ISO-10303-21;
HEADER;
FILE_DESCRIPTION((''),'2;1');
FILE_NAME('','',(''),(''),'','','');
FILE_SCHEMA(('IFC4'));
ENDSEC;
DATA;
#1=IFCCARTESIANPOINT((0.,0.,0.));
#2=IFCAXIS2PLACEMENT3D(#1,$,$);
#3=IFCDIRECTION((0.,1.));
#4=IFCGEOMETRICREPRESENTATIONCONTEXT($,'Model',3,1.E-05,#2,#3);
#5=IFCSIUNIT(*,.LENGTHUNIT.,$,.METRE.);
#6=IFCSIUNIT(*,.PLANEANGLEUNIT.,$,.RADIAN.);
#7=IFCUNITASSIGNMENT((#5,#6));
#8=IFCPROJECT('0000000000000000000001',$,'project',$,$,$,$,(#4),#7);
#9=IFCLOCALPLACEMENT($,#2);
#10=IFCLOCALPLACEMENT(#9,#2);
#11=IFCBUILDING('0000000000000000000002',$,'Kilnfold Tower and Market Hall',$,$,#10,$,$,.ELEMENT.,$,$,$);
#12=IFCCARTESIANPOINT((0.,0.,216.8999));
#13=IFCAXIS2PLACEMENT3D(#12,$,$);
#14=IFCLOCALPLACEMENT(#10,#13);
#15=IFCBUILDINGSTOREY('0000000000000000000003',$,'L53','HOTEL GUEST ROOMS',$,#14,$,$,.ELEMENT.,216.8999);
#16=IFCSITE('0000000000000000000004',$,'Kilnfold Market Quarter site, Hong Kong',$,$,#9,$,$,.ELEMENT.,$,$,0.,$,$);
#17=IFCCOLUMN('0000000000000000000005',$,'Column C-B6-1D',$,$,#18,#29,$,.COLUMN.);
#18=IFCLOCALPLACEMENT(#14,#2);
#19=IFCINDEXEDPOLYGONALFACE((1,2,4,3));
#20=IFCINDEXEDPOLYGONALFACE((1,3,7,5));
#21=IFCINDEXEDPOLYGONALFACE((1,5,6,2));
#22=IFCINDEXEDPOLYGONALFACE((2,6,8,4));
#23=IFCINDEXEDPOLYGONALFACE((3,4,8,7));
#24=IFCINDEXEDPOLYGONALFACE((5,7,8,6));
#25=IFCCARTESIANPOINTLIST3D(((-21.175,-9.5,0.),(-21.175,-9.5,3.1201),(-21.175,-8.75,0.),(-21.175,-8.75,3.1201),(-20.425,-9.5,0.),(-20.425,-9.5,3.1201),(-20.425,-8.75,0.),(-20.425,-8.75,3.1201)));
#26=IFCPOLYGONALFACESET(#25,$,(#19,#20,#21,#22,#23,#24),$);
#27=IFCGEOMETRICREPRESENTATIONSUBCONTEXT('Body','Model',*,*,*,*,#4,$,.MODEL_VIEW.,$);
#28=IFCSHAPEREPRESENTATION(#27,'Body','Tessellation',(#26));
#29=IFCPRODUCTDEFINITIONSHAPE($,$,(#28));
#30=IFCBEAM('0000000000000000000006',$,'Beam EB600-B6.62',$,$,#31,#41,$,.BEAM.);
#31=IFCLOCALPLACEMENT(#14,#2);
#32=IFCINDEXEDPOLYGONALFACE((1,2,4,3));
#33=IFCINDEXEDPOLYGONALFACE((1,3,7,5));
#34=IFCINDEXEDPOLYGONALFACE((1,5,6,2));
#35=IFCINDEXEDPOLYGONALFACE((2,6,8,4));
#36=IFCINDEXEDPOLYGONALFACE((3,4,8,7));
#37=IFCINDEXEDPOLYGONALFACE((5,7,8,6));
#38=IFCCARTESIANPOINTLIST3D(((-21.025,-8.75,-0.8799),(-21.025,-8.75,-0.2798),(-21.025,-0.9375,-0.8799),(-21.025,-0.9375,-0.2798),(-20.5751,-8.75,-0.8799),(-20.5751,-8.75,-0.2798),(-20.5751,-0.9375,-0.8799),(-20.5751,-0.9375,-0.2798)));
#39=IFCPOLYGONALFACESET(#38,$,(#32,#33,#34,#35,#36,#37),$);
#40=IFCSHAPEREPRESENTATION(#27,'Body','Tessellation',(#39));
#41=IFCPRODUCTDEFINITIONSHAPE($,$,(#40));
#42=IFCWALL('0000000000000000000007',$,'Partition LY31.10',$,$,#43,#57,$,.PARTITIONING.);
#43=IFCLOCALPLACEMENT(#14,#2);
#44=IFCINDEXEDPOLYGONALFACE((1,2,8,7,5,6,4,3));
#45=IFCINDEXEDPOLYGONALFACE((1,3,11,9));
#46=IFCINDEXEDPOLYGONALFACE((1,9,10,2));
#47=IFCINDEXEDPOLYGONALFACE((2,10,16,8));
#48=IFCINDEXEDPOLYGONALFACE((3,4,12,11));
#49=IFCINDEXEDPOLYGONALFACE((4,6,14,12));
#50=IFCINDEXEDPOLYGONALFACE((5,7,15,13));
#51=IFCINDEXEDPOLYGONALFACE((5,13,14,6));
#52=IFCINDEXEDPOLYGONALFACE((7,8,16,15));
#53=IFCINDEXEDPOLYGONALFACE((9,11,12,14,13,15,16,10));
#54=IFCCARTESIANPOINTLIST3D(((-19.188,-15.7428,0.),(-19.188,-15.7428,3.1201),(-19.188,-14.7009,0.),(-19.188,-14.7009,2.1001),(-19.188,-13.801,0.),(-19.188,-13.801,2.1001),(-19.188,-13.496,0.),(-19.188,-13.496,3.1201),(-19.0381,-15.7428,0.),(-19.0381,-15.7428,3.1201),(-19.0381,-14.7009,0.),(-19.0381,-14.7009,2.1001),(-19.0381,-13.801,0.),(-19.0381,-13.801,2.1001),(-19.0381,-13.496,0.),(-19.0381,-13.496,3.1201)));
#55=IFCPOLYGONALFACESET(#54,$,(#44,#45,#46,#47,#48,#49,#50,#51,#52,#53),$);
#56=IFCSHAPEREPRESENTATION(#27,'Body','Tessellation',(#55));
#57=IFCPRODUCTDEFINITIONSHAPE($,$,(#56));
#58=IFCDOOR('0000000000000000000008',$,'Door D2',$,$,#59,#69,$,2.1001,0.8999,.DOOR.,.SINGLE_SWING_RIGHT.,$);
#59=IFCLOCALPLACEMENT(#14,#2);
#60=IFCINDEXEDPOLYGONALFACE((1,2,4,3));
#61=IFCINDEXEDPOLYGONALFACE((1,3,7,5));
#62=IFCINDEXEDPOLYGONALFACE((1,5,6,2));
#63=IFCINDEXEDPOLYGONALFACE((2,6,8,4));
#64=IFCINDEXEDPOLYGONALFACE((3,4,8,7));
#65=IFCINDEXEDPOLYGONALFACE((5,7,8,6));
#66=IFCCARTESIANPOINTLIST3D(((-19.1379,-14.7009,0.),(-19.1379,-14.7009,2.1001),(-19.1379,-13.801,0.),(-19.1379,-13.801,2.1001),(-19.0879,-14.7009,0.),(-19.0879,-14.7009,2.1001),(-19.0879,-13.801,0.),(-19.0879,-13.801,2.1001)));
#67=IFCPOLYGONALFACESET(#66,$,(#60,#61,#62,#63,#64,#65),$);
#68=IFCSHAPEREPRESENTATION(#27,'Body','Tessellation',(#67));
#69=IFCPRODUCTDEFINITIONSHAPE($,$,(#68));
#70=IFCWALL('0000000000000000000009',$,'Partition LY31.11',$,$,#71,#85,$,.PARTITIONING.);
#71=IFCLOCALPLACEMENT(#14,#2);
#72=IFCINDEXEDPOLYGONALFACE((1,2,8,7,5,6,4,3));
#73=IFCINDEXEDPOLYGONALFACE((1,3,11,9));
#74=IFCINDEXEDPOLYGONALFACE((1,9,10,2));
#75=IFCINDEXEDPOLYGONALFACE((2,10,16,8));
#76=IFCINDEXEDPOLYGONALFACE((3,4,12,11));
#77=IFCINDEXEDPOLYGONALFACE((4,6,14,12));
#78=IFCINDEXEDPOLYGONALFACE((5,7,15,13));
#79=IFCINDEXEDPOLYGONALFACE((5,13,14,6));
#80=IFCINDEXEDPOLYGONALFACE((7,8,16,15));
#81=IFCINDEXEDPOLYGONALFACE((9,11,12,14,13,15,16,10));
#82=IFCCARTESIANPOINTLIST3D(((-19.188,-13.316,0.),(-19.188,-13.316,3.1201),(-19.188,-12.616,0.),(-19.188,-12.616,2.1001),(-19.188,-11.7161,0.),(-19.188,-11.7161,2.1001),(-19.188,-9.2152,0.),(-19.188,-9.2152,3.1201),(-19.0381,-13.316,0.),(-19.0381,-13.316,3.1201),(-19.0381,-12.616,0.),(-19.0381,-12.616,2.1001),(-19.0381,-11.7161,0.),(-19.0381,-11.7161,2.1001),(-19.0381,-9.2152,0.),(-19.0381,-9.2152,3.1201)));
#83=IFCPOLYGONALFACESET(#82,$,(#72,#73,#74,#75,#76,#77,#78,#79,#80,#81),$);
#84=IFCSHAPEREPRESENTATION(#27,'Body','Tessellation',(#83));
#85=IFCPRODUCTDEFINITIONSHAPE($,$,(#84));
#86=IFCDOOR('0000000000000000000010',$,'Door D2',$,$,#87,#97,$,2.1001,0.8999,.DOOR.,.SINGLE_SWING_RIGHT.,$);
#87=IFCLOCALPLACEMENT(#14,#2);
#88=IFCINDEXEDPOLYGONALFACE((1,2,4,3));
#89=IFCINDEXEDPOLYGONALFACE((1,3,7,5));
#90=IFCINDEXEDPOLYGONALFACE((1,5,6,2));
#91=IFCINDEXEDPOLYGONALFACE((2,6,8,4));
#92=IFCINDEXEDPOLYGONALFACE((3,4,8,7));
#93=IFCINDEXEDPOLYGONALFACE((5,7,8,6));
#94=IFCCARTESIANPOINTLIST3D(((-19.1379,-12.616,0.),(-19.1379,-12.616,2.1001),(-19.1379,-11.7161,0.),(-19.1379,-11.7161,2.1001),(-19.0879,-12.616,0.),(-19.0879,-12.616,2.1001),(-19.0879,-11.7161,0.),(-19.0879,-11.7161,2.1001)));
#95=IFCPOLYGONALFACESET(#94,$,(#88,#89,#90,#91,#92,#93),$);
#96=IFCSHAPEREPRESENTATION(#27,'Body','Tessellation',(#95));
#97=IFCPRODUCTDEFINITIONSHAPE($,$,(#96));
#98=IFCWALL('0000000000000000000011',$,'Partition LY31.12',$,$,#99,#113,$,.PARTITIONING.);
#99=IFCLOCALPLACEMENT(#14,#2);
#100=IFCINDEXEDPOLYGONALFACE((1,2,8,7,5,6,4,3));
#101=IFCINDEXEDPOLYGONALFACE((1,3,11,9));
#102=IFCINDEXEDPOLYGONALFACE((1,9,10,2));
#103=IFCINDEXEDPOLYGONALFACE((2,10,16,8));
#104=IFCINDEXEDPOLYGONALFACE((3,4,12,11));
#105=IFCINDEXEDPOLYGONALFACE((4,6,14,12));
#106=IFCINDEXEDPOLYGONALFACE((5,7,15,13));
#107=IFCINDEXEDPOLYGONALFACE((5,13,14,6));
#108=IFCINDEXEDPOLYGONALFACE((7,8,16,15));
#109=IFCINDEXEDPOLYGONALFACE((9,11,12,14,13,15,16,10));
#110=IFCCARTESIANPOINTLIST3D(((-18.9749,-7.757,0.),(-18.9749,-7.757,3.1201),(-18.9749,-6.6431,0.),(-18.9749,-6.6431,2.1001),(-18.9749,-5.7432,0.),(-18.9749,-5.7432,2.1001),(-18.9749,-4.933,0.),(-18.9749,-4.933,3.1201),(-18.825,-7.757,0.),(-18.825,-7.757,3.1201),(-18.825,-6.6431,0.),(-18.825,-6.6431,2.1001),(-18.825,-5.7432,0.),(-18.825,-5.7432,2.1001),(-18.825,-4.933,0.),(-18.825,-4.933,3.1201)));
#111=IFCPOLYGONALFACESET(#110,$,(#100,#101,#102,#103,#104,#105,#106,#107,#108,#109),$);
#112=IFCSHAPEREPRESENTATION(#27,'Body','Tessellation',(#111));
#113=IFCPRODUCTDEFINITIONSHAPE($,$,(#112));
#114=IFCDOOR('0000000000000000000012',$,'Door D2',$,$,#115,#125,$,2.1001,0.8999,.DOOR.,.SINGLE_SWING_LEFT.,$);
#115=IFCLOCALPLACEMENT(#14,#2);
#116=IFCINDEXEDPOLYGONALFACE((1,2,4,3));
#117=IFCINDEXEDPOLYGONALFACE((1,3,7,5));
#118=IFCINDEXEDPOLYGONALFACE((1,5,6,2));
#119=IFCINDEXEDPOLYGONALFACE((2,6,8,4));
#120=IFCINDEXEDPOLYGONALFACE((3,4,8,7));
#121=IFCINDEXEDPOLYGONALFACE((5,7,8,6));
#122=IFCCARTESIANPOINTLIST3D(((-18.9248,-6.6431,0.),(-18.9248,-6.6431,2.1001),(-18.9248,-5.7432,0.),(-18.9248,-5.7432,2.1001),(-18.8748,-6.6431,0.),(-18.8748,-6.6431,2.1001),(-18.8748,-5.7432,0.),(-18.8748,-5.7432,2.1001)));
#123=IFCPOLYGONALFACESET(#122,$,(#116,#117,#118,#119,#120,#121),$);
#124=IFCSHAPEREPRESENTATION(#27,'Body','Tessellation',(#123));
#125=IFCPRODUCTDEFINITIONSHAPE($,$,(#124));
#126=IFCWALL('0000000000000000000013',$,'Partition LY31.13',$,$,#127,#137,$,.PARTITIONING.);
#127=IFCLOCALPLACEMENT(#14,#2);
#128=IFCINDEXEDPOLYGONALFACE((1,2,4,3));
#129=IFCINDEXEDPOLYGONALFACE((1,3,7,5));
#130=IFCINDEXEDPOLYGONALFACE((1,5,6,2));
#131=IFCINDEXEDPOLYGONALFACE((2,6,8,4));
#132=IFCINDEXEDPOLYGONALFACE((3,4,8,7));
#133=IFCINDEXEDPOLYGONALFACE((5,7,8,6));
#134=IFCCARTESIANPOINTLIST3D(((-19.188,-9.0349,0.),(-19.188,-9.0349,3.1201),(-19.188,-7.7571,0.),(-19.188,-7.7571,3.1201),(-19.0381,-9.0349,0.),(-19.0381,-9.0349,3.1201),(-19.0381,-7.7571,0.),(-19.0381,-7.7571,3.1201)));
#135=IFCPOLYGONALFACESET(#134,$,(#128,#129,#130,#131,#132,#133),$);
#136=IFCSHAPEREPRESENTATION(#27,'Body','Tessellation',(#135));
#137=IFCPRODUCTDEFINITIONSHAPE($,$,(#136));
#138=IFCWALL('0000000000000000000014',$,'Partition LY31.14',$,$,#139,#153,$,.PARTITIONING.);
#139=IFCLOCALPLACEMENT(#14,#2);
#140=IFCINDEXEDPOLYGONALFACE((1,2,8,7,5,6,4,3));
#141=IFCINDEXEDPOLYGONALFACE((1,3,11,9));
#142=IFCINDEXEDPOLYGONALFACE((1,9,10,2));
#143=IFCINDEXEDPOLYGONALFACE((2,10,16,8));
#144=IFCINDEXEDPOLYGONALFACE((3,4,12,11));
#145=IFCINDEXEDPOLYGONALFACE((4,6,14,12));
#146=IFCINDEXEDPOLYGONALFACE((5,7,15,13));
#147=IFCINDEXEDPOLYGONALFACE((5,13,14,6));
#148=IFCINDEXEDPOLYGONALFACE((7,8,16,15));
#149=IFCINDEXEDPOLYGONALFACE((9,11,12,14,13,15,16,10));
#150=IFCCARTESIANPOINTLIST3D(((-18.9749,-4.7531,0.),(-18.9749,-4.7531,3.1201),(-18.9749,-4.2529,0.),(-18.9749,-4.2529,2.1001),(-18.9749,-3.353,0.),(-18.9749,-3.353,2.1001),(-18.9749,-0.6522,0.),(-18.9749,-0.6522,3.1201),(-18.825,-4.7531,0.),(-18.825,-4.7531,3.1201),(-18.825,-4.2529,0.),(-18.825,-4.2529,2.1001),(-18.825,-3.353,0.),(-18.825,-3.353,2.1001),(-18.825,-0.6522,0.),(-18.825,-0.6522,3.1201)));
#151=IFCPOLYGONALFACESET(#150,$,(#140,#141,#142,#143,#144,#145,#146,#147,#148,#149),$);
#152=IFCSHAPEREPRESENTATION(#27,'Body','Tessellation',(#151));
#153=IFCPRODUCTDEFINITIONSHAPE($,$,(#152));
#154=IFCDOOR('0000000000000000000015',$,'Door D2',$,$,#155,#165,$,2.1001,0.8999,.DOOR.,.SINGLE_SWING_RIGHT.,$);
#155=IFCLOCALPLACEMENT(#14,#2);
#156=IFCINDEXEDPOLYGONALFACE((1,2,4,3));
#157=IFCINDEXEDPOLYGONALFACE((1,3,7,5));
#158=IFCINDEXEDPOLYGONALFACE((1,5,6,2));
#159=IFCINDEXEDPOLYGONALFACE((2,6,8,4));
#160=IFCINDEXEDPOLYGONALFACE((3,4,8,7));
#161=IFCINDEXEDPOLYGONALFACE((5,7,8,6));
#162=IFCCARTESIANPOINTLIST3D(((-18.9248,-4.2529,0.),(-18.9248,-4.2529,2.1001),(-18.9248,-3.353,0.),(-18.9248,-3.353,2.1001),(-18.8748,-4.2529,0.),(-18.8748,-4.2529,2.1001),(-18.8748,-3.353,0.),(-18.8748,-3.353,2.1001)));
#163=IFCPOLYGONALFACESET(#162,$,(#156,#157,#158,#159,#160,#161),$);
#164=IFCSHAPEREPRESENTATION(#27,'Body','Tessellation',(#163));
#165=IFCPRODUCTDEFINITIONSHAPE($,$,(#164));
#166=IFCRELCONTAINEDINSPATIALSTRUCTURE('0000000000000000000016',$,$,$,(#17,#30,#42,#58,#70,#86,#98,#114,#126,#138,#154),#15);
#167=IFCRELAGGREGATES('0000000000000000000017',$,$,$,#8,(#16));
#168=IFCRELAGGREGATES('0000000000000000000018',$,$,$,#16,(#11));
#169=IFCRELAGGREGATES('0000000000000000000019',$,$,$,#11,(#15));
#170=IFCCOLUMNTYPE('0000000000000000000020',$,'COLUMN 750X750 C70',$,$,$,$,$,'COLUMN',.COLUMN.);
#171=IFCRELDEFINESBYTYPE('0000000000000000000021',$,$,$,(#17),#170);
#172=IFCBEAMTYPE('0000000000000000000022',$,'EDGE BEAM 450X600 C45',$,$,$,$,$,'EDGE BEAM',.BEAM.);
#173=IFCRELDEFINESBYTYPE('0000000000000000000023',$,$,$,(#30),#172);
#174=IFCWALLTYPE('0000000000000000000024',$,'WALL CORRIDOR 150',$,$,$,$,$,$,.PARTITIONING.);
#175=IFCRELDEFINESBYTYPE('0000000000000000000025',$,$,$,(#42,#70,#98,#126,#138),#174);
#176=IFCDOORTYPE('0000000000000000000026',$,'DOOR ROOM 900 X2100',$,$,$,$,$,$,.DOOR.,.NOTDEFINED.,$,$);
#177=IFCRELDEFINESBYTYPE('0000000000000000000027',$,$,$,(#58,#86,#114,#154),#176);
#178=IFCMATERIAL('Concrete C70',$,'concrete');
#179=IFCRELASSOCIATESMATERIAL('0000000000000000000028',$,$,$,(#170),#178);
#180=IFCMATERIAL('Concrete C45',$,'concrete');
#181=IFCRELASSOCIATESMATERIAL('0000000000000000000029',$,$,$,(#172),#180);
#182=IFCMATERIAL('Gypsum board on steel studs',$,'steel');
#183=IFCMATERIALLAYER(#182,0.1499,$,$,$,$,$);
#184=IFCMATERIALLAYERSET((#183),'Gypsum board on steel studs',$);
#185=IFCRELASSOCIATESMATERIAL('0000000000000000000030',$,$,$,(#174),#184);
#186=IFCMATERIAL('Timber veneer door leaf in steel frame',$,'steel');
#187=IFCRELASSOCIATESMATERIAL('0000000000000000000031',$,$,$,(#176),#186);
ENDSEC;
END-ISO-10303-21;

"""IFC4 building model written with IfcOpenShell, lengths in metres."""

from ifc_helpers import new_model, si_unit, direction, frame, frame_2d, origin, origin_2d, place, context, subcontext, project, spatial, rectangle, extrude, source, transform, mapped, material, layer, layer_set, material_profile, profile_set, type_object, element, fill, save


model = new_model("IFC4")

# Units and contexts
model_context = context("Model", 3, precision=1e-05, world=origin(), true_north=direction((0.0, 1.0)))
body_context = subcontext(model_context, "Body", "Model", "MODEL_VIEW")
ifc_project = project(units=[si_unit("LENGTHUNIT", "METRE"), si_unit("PLANEANGLEUNIT", "RADIAN")], contexts=[model_context])

# Site, building, storey
site_placement = place(None, origin())
site = spatial("IfcSite", under=ifc_project, at=site_placement, Name="Kilnfold Market Quarter site, Hong Kong", CompositionType="ELEMENT", RefElevation=0.0)
building_placement = place(site_placement, origin())
building = spatial("IfcBuilding", under=site, at=building_placement, Name="Kilnfold Tower and Market Hall", CompositionType="ELEMENT")
storey_placement = place(building_placement, frame((0.0, 0.0, 216.8999)))
storey = spatial("IfcBuildingStorey", under=building, at=storey_placement, Name="L53", Description="HOTEL GUEST ROOMS", CompositionType="ELEMENT", Elevation=216.8999)

# Column
ifc_material_1 = material(Name="Concrete C70", Category="concrete")
ifc_material_profile_1 = material_profile(ifc_material_1, rectangle(XDim=0.75, YDim=0.75, at=origin_2d()), Name="RC 750x750")
ifc_profile_set_1 = profile_set([ifc_material_profile_1], Name="Concrete C70")
column_type = type_object("IfcColumnType", Name="COLUMN 750X750 C70", ElementType="COLUMN", PredefinedType="COLUMN", material=ifc_profile_set_1)
shared_shape_1 = source(origin(), body_context, "Body", "SweptSolid", [
    extrude(rectangle(XDim=0.75, YDim=0.75, at=origin_2d()), origin(), (0.0, 0.0, 1.0), 3.1201),
])
column_placement = place(storey_placement, frame((-20.8, -9.125, 0.0), z_axis=(0.0, 0.0, 1.0), x_axis=(1.0, 0.0, 0.0)))
element("IfcColumn", 1, at=column_placement, inside=storey, type_object=column_type, Name="Column C-B6-1D", PredefinedType="COLUMN", context=body_context, shape_type="MappedRepresentation", body=[
    mapped(shared_shape_1, transform((0.0, 0.0, 0.0))),
])

# Beam
ifc_material_2 = material(Name="Concrete C45", Category="concrete")
ifc_material_profile_2 = material_profile(ifc_material_2, rectangle(XDim=0.45, YDim=0.6001, at=origin_2d()), Name="RC 450x600")
ifc_profile_set_2 = profile_set([ifc_material_profile_2], Name="Concrete C45")
beam_type = type_object("IfcBeamType", Name="EDGE BEAM 450X600 C45", ElementType="EDGE BEAM", PredefinedType="BEAM", material=ifc_profile_set_2)
shared_shape_2 = source(origin(), body_context, "Body", "SweptSolid", [
    extrude(rectangle(XDim=0.45, YDim=0.6001, at=origin_2d()), origin(), (0.0, 0.0, 1.0), 7.8125),
])
beam_placement = place(storey_placement, frame((-20.8, -8.75, -0.5798), z_axis=(0.0, 1.0, 0.0), x_axis=(-1.0, 0.0, 0.0)))
element("IfcBeam", 2, at=beam_placement, inside=storey, type_object=beam_type, Name="Beam EB600-B6.62", PredefinedType="BEAM", context=body_context, shape_type="MappedRepresentation", body=[
    mapped(shared_shape_2, transform((0.0, 0.0, 0.0))),
])

# Walls, openings, doors
ifc_material_3 = material(Name="Gypsum board on steel studs", Category="steel")
ifc_layer_1 = layer(ifc_material_3, 0.1499)
ifc_layer_set_1 = layer_set([ifc_layer_1], Name="Gypsum board on steel studs")
wall_type_1 = type_object("IfcWallType", Name="WALL CORRIDOR 150", PredefinedType="PARTITIONING", material=ifc_layer_set_1)
wall_1_placement = place(storey_placement, frame((-19.113, -15.7429, 0.0), z_axis=(0.0, 0.0, 1.0), x_axis=(0.0, 1.0, 0.0)))
wall_1 = element("IfcWall", 3, at=wall_1_placement, inside=storey, type_object=wall_type_1, Name="Partition LY31.10", PredefinedType="PARTITIONING", context=body_context, shape_type="SweptSolid", body=[
    extrude(rectangle(XDim=2.2468, YDim=0.1499, at=frame_2d((1.1235, 0.0))), origin(), (0.0, 0.0, 1.0), 3.1201),
])
opening_1_placement = place(wall_1_placement, frame((1.042, 0.0, 0.0)))
opening_1 = element("IfcOpeningElement", 4, at=opening_1_placement, cuts=wall_1, PredefinedType="OPENING", context=body_context, shape_type="SweptSolid", body=[
    extrude(rectangle(XDim=0.8999, YDim=2.1001, at=frame_2d((0.45, 1.05))), frame((0.0, 0.085, 0.0), z_axis=(0.0, -1.0, 0.0), x_axis=(1.0, 0.0, 0.0)), (0.0, 0.0, 1.0), 0.1699),
])
ifc_material_4 = material(Name="Timber veneer door leaf in steel frame", Category="steel")
door_type_1 = type_object("IfcDoorType", Name="DOOR ROOM 900 X2100", OperationType="NOTDEFINED", PredefinedType="DOOR", material=ifc_material_4)
door_1_placement = place(opening_1_placement, origin())
door_1 = element("IfcDoor", 5, at=door_1_placement, inside=storey, type_object=door_type_1, Name="Door D2", OperationType="SINGLE_SWING_RIGHT", OverallHeight=2.1001, OverallWidth=0.8999, PredefinedType="DOOR", context=body_context, shape_type="SweptSolid", body=[
    extrude(rectangle(XDim=0.8999, YDim=2.1001, at=frame_2d((0.45, 1.05))), frame((0.0, 0.0249, 0.0), z_axis=(0.0, -1.0, 0.0), x_axis=(1.0, 0.0, 0.0)), (0.0, 0.0, 1.0), 0.05),
])
fill(opening_1, door_1)
wall_2_placement = place(storey_placement, frame((-19.113, -13.3159, 0.0), z_axis=(0.0, 0.0, 1.0), x_axis=(0.0, 1.0, 0.0)))
wall_2 = element("IfcWall", 6, at=wall_2_placement, inside=storey, type_object=wall_type_1, Name="Partition LY31.11", PredefinedType="PARTITIONING", context=body_context, shape_type="SweptSolid", body=[
    extrude(rectangle(XDim=4.1008, YDim=0.1499, at=frame_2d((2.0503, 0.0))), origin(), (0.0, 0.0, 1.0), 3.1201),
])
opening_2_placement = place(wall_2_placement, frame((0.7, 0.0, 0.0)))
opening_2 = element("IfcOpeningElement", 7, at=opening_2_placement, cuts=wall_2, PredefinedType="OPENING", context=body_context, shape_type="SweptSolid", body=[
    extrude(rectangle(XDim=0.8999, YDim=2.1001, at=frame_2d((0.45, 1.05))), frame((0.0, 0.085, 0.0), z_axis=(0.0, -1.0, 0.0), x_axis=(1.0, 0.0, 0.0)), (0.0, 0.0, 1.0), 0.1699),
])
door_2_placement = place(opening_2_placement, origin())
door_2 = element("IfcDoor", 8, at=door_2_placement, inside=storey, type_object=door_type_1, Name="Door D2", OperationType="SINGLE_SWING_RIGHT", OverallHeight=2.1001, OverallWidth=0.8999, PredefinedType="DOOR", context=body_context, shape_type="SweptSolid", body=[
    extrude(rectangle(XDim=0.8999, YDim=2.1001, at=frame_2d((0.45, 1.05))), frame((0.0, 0.0249, 0.0), z_axis=(0.0, -1.0, 0.0), x_axis=(1.0, 0.0, 0.0)), (0.0, 0.0, 1.0), 0.05),
])
fill(opening_2, door_2)
wall_3_placement = place(storey_placement, frame((-18.8999, -7.7571, 0.0), z_axis=(0.0, 0.0, 1.0), x_axis=(0.0, 1.0, 0.0)))
wall_3 = element("IfcWall", 9, at=wall_3_placement, inside=storey, type_object=wall_type_1, Name="Partition LY31.12", PredefinedType="PARTITIONING", context=body_context, shape_type="SweptSolid", body=[
    extrude(rectangle(XDim=2.824, YDim=0.1499, at=frame_2d((1.4121, 0.0))), origin(), (0.0, 0.0, 1.0), 3.1201),
])
opening_3_placement = place(wall_3_placement, frame((1.114, 0.0, 0.0)))
opening_3 = element("IfcOpeningElement", 10, at=opening_3_placement, cuts=wall_3, PredefinedType="OPENING", context=body_context, shape_type="SweptSolid", body=[
    extrude(rectangle(XDim=0.8999, YDim=2.1001, at=frame_2d((0.45, 1.05))), frame((0.0, 0.085, 0.0), z_axis=(0.0, -1.0, 0.0), x_axis=(1.0, 0.0, 0.0)), (0.0, 0.0, 1.0), 0.1699),
])
door_3_placement = place(opening_3_placement, origin())
door_3 = element("IfcDoor", 11, at=door_3_placement, inside=storey, type_object=door_type_1, Name="Door D2", OperationType="SINGLE_SWING_LEFT", OverallHeight=2.1001, OverallWidth=0.8999, PredefinedType="DOOR", context=body_context, shape_type="SweptSolid", body=[
    extrude(rectangle(XDim=0.8999, YDim=2.1001, at=frame_2d((0.45, 1.05))), frame((0.0, 0.0249, 0.0), z_axis=(0.0, -1.0, 0.0), x_axis=(1.0, 0.0, 0.0)), (0.0, 0.0, 1.0), 0.05),
])
fill(opening_3, door_3)

# Wall
wall_4_placement = place(storey_placement, frame((-19.113, -9.0349, 0.0), z_axis=(0.0, 0.0, 1.0), x_axis=(0.0, 1.0, 0.0)))
element("IfcWall", 12, at=wall_4_placement, inside=storey, type_object=wall_type_1, Name="Partition LY31.13", PredefinedType="PARTITIONING", context=body_context, shape_type="SweptSolid", body=[
    extrude(rectangle(XDim=1.2778, YDim=0.1499, at=frame_2d((0.6389, 0.0))), origin(), (0.0, 0.0, 1.0), 3.1201),
])

# Wall, opening, door
wall_5_placement = place(storey_placement, frame((-18.8999, -4.7529, 0.0), z_axis=(0.0, 0.0, 1.0), x_axis=(0.0, 1.0, 0.0)))
wall_5 = element("IfcWall", 13, at=wall_5_placement, inside=storey, type_object=wall_type_1, Name="Partition LY31.14", PredefinedType="PARTITIONING", context=body_context, shape_type="SweptSolid", body=[
    extrude(rectangle(XDim=4.1008, YDim=0.1499, at=frame_2d((2.0503, 0.0))), origin(), (0.0, 0.0, 1.0), 3.1201),
])
opening_4_placement = place(wall_5_placement, frame((0.5, 0.0, 0.0)))
opening_4 = element("IfcOpeningElement", 14, at=opening_4_placement, cuts=wall_5, PredefinedType="OPENING", context=body_context, shape_type="SweptSolid", body=[
    extrude(rectangle(XDim=0.8999, YDim=2.1001, at=frame_2d((0.45, 1.05))), frame((0.0, 0.085, 0.0), z_axis=(0.0, -1.0, 0.0), x_axis=(1.0, 0.0, 0.0)), (0.0, 0.0, 1.0), 0.1699),
])
door_4_placement = place(opening_4_placement, origin())
door_4 = element("IfcDoor", 15, at=door_4_placement, inside=storey, type_object=door_type_1, Name="Door D2", OperationType="SINGLE_SWING_RIGHT", OverallHeight=2.1001, OverallWidth=0.8999, PredefinedType="DOOR", context=body_context, shape_type="SweptSolid", body=[
    extrude(rectangle(XDim=0.8999, YDim=2.1001, at=frame_2d((0.45, 1.05))), frame((0.0, 0.0249, 0.0), z_axis=(0.0, -1.0, 0.0), x_axis=(1.0, 0.0, 0.0)), (0.0, 0.0, 1.0), 0.05),
])
fill(opening_4, door_4)

save(model, "model.ifc")
